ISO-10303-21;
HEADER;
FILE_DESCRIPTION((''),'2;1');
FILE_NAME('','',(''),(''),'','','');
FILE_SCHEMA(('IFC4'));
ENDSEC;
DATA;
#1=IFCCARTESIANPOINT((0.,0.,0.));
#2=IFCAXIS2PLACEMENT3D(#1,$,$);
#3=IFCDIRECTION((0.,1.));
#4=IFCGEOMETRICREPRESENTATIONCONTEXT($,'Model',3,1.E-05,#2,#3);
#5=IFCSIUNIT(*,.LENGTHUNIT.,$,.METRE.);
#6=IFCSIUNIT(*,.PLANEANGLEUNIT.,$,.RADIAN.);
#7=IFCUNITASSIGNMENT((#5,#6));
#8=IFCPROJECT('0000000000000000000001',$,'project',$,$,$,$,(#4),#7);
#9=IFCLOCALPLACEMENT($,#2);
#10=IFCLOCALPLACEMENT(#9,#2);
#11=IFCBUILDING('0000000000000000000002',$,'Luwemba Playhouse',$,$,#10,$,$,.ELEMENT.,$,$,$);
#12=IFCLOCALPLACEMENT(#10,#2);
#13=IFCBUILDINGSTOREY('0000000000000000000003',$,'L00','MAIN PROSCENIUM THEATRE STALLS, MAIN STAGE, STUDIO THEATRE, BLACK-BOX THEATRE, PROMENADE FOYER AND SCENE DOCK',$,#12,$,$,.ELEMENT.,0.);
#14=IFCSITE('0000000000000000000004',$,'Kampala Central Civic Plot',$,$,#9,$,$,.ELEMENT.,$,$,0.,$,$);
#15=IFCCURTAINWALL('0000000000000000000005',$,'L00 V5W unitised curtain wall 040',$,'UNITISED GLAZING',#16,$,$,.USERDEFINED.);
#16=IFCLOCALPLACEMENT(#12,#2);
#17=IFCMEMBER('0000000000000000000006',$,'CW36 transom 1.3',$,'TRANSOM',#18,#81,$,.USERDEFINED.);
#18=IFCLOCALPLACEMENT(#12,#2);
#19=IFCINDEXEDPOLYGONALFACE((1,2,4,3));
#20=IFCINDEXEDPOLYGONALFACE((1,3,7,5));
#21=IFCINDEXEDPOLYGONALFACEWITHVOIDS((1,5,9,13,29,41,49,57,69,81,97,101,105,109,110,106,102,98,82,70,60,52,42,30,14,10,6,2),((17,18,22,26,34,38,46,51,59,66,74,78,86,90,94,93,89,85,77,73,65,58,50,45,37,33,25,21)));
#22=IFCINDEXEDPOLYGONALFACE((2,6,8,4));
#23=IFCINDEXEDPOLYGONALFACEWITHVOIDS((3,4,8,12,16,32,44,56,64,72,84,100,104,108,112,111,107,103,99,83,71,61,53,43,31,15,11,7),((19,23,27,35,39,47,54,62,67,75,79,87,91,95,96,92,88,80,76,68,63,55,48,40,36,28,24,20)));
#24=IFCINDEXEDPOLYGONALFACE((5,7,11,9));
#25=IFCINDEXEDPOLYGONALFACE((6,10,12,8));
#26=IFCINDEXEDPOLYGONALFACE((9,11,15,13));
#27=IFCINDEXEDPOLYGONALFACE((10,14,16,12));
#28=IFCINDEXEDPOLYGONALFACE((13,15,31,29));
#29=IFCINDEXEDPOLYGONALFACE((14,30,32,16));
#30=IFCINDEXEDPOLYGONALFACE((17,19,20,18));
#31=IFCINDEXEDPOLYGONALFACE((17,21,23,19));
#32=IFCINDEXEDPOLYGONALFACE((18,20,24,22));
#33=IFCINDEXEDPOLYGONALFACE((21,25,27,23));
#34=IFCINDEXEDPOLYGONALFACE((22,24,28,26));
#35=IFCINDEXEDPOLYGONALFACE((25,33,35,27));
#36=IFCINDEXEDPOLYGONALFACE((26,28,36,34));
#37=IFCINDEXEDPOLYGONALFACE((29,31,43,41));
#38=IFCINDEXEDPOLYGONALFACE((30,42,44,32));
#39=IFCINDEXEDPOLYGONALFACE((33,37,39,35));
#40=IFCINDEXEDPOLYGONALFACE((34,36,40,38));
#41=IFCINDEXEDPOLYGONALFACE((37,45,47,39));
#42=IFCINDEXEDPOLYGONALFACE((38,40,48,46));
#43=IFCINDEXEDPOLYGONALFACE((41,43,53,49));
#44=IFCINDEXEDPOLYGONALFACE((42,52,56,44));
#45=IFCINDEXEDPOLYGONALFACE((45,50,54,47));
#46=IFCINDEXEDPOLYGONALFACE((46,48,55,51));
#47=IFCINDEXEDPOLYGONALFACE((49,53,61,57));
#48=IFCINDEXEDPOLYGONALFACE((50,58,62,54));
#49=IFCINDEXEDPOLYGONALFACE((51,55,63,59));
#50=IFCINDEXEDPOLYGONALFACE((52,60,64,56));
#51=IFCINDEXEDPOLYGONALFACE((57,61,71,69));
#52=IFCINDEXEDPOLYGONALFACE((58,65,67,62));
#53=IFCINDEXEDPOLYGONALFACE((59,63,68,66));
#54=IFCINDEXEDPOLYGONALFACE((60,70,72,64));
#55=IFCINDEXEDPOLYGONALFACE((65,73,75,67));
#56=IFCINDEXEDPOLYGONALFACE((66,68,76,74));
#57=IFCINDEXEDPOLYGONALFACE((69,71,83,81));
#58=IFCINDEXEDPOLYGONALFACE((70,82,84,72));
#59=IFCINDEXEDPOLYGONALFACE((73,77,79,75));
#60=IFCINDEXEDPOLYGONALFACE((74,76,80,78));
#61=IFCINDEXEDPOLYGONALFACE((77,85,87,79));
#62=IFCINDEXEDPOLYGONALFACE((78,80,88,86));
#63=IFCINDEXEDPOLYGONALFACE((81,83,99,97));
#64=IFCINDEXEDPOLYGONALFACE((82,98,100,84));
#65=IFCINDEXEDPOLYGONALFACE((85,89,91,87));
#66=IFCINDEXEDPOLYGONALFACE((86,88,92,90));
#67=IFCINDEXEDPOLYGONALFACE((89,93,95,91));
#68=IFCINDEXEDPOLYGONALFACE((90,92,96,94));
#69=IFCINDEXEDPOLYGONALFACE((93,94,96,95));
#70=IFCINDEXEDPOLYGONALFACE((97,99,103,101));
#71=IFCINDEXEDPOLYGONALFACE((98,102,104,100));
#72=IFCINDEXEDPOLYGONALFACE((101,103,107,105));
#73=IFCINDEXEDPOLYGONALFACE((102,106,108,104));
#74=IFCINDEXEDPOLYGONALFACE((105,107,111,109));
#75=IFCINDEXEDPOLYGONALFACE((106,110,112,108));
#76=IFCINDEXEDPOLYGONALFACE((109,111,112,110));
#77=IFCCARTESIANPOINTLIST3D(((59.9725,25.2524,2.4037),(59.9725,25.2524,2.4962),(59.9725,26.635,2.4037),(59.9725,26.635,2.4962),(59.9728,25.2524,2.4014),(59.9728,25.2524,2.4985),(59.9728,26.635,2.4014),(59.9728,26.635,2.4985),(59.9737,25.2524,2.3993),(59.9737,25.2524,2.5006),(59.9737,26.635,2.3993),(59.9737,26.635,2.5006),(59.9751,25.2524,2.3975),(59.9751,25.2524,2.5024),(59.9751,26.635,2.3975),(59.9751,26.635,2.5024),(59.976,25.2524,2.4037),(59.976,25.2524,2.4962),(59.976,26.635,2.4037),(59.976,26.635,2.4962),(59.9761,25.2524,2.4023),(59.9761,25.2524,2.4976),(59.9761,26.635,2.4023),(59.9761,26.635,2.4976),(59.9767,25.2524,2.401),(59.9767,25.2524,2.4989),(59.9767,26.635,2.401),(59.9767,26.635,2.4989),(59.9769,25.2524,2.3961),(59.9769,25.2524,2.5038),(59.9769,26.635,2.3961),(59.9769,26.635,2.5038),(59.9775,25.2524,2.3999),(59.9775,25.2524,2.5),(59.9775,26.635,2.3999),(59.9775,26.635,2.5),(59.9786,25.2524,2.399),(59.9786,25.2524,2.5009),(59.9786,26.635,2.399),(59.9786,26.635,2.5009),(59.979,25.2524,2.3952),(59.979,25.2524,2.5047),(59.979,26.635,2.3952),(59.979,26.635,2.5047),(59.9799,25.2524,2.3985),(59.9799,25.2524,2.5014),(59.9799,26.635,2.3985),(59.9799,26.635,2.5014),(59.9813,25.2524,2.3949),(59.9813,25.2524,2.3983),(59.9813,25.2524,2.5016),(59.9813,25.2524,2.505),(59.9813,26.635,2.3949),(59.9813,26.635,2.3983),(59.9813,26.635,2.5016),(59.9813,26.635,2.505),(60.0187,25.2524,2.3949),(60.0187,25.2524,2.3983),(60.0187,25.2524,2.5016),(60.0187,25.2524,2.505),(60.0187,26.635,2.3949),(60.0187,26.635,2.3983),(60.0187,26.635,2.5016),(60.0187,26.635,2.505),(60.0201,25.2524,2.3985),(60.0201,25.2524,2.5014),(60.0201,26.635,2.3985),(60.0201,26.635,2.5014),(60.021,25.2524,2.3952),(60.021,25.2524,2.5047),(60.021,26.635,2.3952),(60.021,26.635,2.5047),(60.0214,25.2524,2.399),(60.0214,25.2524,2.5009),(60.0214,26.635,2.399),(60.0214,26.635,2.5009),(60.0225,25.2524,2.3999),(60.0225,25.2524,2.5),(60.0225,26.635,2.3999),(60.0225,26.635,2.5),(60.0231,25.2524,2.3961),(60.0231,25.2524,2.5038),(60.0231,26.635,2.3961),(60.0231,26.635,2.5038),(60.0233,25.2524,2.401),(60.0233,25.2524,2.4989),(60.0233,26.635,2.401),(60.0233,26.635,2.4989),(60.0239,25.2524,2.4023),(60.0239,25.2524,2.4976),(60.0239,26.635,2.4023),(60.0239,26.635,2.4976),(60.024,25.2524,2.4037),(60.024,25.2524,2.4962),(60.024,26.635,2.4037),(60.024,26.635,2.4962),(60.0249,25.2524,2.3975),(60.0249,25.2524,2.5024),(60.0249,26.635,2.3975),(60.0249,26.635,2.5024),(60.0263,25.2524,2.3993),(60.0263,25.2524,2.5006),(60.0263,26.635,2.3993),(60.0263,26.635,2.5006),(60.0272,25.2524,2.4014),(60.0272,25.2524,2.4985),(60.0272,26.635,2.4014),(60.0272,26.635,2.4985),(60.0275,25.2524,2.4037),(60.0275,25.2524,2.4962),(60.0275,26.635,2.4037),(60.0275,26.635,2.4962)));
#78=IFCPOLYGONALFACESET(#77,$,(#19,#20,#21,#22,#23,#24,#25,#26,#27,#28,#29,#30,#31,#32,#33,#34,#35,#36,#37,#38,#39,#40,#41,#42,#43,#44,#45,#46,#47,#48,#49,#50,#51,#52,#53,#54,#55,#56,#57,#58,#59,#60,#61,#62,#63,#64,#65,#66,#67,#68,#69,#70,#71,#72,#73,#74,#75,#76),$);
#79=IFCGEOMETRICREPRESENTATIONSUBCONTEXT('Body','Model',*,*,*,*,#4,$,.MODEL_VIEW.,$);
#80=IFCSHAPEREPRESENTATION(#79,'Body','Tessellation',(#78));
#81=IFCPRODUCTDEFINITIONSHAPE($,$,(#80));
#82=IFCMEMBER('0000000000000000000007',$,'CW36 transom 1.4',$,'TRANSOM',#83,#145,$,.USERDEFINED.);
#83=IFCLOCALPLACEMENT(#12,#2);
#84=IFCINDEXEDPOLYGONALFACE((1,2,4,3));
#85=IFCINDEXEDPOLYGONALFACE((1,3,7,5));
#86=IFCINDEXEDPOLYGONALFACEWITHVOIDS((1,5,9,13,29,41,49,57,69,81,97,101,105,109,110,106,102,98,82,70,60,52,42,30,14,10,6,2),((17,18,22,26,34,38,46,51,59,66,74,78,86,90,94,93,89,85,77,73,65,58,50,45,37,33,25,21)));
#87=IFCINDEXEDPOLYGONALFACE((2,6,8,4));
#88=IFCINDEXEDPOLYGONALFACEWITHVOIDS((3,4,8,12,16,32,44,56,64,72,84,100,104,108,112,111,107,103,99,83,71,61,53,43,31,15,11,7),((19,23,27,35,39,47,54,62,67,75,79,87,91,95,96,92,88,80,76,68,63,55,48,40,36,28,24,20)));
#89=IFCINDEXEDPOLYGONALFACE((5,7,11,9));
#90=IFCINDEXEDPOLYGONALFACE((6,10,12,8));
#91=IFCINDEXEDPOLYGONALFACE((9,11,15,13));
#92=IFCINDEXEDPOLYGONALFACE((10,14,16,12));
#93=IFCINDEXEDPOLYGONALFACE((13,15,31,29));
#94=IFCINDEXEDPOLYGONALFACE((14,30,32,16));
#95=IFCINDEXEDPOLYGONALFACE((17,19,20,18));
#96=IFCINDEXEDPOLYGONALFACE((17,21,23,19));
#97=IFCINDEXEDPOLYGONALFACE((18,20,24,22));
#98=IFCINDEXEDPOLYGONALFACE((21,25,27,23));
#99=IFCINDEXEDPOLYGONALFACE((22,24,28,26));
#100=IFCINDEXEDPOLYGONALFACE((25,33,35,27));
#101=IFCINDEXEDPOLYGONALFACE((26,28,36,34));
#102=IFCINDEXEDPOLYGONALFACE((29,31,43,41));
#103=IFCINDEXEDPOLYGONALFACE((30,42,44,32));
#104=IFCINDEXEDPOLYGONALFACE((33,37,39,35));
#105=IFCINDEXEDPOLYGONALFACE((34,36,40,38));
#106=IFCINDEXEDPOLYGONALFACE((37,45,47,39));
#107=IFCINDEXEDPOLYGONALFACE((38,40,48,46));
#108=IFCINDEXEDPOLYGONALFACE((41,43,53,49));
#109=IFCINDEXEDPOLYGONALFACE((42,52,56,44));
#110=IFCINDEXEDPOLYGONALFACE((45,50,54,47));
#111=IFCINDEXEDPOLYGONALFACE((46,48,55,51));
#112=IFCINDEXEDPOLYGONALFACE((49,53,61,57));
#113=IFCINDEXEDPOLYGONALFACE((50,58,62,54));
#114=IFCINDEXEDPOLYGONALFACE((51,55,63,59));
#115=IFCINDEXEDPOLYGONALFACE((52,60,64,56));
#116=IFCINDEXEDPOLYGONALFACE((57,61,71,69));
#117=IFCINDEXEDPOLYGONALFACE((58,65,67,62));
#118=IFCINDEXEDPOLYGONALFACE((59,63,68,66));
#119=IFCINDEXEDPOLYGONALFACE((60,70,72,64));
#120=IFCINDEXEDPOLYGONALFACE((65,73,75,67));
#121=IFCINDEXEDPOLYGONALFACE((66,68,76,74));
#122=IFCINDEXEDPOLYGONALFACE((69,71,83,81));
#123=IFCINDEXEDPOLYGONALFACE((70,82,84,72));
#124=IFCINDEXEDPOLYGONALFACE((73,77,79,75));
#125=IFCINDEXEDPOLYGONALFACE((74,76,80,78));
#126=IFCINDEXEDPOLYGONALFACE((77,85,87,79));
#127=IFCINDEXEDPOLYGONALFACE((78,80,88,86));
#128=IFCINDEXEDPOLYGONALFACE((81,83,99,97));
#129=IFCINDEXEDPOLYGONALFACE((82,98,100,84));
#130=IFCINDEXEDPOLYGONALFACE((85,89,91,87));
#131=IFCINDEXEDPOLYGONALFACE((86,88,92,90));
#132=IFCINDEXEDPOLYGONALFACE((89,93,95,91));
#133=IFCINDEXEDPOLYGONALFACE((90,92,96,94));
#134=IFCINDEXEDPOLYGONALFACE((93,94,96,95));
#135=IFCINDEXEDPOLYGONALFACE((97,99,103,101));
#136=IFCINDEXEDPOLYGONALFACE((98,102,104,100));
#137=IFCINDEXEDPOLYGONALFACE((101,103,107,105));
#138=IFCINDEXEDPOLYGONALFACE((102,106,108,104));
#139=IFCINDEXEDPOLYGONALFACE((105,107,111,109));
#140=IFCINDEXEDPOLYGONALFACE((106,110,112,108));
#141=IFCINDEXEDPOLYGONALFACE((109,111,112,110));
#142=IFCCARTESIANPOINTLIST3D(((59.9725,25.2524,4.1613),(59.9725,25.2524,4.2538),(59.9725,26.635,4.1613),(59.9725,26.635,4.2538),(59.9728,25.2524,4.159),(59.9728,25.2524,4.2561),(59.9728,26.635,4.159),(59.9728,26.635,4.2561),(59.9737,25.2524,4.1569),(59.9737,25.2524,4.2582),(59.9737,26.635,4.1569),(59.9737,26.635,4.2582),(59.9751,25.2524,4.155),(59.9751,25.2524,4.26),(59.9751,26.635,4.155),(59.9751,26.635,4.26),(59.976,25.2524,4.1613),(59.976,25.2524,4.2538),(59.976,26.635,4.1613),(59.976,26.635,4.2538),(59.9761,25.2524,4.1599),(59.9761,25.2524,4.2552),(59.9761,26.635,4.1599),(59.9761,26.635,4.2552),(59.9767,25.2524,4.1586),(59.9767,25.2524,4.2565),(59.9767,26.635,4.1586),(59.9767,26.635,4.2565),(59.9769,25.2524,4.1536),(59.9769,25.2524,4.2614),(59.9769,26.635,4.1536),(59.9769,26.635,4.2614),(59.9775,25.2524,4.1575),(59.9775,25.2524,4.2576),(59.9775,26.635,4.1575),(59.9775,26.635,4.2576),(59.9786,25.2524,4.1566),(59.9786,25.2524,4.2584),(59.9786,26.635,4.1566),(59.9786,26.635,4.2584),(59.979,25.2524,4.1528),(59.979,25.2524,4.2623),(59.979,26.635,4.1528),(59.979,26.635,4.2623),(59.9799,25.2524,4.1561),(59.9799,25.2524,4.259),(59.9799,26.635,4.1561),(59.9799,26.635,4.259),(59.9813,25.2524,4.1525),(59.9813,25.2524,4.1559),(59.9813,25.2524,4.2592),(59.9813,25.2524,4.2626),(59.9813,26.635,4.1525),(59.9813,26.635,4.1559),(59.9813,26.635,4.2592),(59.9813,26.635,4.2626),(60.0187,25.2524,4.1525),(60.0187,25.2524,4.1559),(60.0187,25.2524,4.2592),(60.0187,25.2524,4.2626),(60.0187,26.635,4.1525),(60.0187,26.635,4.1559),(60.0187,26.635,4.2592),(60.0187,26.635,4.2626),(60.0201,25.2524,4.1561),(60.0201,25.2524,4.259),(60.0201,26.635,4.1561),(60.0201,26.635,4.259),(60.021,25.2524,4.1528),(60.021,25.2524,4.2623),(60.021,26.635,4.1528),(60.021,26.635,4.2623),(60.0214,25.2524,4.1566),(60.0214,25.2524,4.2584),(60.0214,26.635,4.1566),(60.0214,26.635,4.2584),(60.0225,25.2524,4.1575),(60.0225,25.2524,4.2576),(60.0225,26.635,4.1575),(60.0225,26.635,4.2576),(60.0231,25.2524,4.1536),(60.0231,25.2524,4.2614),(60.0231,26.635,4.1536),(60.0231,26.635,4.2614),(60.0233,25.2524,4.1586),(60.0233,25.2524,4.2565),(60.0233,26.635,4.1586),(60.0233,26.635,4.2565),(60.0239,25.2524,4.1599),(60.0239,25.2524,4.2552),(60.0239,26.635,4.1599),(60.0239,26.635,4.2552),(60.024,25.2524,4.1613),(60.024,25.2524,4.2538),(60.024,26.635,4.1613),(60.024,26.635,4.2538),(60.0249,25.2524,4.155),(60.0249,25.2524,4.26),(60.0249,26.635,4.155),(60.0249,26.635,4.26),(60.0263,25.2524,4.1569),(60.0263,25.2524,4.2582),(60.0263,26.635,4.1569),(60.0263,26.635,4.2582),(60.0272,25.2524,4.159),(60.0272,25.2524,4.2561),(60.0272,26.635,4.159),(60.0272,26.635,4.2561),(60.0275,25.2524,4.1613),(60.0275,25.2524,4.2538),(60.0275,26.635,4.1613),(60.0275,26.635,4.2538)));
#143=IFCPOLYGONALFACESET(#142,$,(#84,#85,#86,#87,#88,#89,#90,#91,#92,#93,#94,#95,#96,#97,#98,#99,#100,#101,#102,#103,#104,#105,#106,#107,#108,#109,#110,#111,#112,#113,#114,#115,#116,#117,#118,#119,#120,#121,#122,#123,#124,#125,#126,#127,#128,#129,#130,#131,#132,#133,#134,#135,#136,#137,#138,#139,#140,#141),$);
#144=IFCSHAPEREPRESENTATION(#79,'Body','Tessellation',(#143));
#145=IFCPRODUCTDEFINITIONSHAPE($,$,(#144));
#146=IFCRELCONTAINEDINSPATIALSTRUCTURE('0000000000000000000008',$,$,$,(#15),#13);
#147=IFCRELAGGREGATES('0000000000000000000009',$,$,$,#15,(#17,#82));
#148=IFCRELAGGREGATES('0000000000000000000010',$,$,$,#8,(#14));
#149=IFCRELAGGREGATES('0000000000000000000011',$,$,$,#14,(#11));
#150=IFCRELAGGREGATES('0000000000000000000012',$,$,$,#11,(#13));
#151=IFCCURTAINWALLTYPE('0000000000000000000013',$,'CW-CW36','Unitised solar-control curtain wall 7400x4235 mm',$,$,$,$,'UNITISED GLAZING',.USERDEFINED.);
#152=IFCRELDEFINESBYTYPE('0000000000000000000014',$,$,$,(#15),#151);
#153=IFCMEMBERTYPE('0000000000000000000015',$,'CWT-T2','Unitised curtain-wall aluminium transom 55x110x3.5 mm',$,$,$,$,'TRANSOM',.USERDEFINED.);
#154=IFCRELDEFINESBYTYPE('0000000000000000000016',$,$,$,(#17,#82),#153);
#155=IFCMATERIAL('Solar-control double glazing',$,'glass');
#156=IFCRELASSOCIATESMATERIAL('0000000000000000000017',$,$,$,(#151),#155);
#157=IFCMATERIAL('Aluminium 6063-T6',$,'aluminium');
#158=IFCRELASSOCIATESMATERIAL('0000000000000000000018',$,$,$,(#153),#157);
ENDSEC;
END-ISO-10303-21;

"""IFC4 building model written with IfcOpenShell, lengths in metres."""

from ifc_helpers import new_model, si_unit, direction, frame, origin, origin_2d, place, context, subcontext, project, spatial, hollow_rectangle, extrude, material, material_profile, profile_set, type_object, element, aggregate, save


model = new_model("IFC4")

# Units and contexts
model_context = context("Model", 3, precision=1e-05, world=origin(), true_north=direction((0.0, 1.0)))
body_context = subcontext(model_context, "Body", "Model", "MODEL_VIEW")
ifc_project = project(units=[si_unit("LENGTHUNIT", "METRE"), si_unit("PLANEANGLEUNIT", "RADIAN")], contexts=[model_context])

# Site, building, storey
site_placement = place(None, origin())
site = spatial("IfcSite", under=ifc_project, at=site_placement, Name="Kampala Central Civic Plot", CompositionType="ELEMENT", RefElevation=0.0)
building_placement = place(site_placement, origin())
building = spatial("IfcBuilding", under=site, at=building_placement, Name="Luwemba Playhouse", CompositionType="ELEMENT")
storey_placement = place(building_placement, origin())
storey = spatial("IfcBuildingStorey", under=building, at=storey_placement, Name="L00", Description="MAIN PROSCENIUM THEATRE STALLS, MAIN STAGE, STUDIO THEATRE, BLACK-BOX THEATRE, PROMENADE FOYER AND SCENE DOCK", CompositionType="ELEMENT", Elevation=0.0)

# Curtain wall, members
ifc_material_1 = material(Name="Solar-control double glazing", Category="glass")
curtain_wall_type = type_object("IfcCurtainWallType", Name="CW-CW36", Description="Unitised solar-control curtain wall 7400x4235 mm", ElementType="UNITISED GLAZING", PredefinedType="USERDEFINED", material=ifc_material_1)
curtain_wall_placement = place(storey_placement, origin())
curtain_wall = element("IfcCurtainWall", 1, at=curtain_wall_placement, inside=storey, type_object=curtain_wall_type, Name="L00 V5W unitised curtain wall 040", ObjectType="UNITISED GLAZING", PredefinedType="USERDEFINED")
ifc_material_2 = material(Name="Aluminium 6063-T6", Category="aluminium")
ifc_material_profile_1 = material_profile(ifc_material_2, hollow_rectangle(XDim=0.0549, YDim=0.1101, WallThickness=0.0034, InnerFilletRadius=0.0054, OuterFilletRadius=0.0088, at=origin_2d()))
ifc_profile_set_1 = profile_set([ifc_material_profile_1], Name="Aluminium 6063-T6")
member_type_1 = type_object("IfcMemberType", Name="CWT-T2", Description="Unitised curtain-wall aluminium transom 55x110x3.5 mm", ElementType="TRANSOM", PredefinedType="USERDEFINED", material=ifc_profile_set_1)
member_1_placement = place(storey_placement, frame((60.0, 26.635, 2.45), z_axis=(0.0, -1.0, 0.0), x_axis=(1.0, 0.0, 0.0)))
member_1 = element("IfcMember", 2, at=member_1_placement, type_object=member_type_1, Name="CW36 transom 1.3", ObjectType="TRANSOM", PredefinedType="USERDEFINED", context=body_context, shape_type="SweptSolid", body=[
    extrude(hollow_rectangle(XDim=0.0549, YDim=0.1101, WallThickness=0.0034, InnerFilletRadius=0.0054, OuterFilletRadius=0.0088, at=origin_2d()), origin(), (0.0, 0.0, 1.0), 1.3826),
])
member_2_placement = place(storey_placement, frame((60.0, 26.635, 4.2075), z_axis=(0.0, -1.0, 0.0), x_axis=(1.0, 0.0, 0.0)))
member_2 = element("IfcMember", 3, at=member_2_placement, type_object=member_type_1, Name="CW36 transom 1.4", ObjectType="TRANSOM", PredefinedType="USERDEFINED", context=body_context, shape_type="SweptSolid", body=[
    extrude(hollow_rectangle(XDim=0.0549, YDim=0.1101, WallThickness=0.0034, InnerFilletRadius=0.0054, OuterFilletRadius=0.0088, at=origin_2d()), origin(), (0.0, 0.0, 1.0), 1.3826),
])
aggregate(curtain_wall, [member_1, member_2])

save(model, "model.ifc")
